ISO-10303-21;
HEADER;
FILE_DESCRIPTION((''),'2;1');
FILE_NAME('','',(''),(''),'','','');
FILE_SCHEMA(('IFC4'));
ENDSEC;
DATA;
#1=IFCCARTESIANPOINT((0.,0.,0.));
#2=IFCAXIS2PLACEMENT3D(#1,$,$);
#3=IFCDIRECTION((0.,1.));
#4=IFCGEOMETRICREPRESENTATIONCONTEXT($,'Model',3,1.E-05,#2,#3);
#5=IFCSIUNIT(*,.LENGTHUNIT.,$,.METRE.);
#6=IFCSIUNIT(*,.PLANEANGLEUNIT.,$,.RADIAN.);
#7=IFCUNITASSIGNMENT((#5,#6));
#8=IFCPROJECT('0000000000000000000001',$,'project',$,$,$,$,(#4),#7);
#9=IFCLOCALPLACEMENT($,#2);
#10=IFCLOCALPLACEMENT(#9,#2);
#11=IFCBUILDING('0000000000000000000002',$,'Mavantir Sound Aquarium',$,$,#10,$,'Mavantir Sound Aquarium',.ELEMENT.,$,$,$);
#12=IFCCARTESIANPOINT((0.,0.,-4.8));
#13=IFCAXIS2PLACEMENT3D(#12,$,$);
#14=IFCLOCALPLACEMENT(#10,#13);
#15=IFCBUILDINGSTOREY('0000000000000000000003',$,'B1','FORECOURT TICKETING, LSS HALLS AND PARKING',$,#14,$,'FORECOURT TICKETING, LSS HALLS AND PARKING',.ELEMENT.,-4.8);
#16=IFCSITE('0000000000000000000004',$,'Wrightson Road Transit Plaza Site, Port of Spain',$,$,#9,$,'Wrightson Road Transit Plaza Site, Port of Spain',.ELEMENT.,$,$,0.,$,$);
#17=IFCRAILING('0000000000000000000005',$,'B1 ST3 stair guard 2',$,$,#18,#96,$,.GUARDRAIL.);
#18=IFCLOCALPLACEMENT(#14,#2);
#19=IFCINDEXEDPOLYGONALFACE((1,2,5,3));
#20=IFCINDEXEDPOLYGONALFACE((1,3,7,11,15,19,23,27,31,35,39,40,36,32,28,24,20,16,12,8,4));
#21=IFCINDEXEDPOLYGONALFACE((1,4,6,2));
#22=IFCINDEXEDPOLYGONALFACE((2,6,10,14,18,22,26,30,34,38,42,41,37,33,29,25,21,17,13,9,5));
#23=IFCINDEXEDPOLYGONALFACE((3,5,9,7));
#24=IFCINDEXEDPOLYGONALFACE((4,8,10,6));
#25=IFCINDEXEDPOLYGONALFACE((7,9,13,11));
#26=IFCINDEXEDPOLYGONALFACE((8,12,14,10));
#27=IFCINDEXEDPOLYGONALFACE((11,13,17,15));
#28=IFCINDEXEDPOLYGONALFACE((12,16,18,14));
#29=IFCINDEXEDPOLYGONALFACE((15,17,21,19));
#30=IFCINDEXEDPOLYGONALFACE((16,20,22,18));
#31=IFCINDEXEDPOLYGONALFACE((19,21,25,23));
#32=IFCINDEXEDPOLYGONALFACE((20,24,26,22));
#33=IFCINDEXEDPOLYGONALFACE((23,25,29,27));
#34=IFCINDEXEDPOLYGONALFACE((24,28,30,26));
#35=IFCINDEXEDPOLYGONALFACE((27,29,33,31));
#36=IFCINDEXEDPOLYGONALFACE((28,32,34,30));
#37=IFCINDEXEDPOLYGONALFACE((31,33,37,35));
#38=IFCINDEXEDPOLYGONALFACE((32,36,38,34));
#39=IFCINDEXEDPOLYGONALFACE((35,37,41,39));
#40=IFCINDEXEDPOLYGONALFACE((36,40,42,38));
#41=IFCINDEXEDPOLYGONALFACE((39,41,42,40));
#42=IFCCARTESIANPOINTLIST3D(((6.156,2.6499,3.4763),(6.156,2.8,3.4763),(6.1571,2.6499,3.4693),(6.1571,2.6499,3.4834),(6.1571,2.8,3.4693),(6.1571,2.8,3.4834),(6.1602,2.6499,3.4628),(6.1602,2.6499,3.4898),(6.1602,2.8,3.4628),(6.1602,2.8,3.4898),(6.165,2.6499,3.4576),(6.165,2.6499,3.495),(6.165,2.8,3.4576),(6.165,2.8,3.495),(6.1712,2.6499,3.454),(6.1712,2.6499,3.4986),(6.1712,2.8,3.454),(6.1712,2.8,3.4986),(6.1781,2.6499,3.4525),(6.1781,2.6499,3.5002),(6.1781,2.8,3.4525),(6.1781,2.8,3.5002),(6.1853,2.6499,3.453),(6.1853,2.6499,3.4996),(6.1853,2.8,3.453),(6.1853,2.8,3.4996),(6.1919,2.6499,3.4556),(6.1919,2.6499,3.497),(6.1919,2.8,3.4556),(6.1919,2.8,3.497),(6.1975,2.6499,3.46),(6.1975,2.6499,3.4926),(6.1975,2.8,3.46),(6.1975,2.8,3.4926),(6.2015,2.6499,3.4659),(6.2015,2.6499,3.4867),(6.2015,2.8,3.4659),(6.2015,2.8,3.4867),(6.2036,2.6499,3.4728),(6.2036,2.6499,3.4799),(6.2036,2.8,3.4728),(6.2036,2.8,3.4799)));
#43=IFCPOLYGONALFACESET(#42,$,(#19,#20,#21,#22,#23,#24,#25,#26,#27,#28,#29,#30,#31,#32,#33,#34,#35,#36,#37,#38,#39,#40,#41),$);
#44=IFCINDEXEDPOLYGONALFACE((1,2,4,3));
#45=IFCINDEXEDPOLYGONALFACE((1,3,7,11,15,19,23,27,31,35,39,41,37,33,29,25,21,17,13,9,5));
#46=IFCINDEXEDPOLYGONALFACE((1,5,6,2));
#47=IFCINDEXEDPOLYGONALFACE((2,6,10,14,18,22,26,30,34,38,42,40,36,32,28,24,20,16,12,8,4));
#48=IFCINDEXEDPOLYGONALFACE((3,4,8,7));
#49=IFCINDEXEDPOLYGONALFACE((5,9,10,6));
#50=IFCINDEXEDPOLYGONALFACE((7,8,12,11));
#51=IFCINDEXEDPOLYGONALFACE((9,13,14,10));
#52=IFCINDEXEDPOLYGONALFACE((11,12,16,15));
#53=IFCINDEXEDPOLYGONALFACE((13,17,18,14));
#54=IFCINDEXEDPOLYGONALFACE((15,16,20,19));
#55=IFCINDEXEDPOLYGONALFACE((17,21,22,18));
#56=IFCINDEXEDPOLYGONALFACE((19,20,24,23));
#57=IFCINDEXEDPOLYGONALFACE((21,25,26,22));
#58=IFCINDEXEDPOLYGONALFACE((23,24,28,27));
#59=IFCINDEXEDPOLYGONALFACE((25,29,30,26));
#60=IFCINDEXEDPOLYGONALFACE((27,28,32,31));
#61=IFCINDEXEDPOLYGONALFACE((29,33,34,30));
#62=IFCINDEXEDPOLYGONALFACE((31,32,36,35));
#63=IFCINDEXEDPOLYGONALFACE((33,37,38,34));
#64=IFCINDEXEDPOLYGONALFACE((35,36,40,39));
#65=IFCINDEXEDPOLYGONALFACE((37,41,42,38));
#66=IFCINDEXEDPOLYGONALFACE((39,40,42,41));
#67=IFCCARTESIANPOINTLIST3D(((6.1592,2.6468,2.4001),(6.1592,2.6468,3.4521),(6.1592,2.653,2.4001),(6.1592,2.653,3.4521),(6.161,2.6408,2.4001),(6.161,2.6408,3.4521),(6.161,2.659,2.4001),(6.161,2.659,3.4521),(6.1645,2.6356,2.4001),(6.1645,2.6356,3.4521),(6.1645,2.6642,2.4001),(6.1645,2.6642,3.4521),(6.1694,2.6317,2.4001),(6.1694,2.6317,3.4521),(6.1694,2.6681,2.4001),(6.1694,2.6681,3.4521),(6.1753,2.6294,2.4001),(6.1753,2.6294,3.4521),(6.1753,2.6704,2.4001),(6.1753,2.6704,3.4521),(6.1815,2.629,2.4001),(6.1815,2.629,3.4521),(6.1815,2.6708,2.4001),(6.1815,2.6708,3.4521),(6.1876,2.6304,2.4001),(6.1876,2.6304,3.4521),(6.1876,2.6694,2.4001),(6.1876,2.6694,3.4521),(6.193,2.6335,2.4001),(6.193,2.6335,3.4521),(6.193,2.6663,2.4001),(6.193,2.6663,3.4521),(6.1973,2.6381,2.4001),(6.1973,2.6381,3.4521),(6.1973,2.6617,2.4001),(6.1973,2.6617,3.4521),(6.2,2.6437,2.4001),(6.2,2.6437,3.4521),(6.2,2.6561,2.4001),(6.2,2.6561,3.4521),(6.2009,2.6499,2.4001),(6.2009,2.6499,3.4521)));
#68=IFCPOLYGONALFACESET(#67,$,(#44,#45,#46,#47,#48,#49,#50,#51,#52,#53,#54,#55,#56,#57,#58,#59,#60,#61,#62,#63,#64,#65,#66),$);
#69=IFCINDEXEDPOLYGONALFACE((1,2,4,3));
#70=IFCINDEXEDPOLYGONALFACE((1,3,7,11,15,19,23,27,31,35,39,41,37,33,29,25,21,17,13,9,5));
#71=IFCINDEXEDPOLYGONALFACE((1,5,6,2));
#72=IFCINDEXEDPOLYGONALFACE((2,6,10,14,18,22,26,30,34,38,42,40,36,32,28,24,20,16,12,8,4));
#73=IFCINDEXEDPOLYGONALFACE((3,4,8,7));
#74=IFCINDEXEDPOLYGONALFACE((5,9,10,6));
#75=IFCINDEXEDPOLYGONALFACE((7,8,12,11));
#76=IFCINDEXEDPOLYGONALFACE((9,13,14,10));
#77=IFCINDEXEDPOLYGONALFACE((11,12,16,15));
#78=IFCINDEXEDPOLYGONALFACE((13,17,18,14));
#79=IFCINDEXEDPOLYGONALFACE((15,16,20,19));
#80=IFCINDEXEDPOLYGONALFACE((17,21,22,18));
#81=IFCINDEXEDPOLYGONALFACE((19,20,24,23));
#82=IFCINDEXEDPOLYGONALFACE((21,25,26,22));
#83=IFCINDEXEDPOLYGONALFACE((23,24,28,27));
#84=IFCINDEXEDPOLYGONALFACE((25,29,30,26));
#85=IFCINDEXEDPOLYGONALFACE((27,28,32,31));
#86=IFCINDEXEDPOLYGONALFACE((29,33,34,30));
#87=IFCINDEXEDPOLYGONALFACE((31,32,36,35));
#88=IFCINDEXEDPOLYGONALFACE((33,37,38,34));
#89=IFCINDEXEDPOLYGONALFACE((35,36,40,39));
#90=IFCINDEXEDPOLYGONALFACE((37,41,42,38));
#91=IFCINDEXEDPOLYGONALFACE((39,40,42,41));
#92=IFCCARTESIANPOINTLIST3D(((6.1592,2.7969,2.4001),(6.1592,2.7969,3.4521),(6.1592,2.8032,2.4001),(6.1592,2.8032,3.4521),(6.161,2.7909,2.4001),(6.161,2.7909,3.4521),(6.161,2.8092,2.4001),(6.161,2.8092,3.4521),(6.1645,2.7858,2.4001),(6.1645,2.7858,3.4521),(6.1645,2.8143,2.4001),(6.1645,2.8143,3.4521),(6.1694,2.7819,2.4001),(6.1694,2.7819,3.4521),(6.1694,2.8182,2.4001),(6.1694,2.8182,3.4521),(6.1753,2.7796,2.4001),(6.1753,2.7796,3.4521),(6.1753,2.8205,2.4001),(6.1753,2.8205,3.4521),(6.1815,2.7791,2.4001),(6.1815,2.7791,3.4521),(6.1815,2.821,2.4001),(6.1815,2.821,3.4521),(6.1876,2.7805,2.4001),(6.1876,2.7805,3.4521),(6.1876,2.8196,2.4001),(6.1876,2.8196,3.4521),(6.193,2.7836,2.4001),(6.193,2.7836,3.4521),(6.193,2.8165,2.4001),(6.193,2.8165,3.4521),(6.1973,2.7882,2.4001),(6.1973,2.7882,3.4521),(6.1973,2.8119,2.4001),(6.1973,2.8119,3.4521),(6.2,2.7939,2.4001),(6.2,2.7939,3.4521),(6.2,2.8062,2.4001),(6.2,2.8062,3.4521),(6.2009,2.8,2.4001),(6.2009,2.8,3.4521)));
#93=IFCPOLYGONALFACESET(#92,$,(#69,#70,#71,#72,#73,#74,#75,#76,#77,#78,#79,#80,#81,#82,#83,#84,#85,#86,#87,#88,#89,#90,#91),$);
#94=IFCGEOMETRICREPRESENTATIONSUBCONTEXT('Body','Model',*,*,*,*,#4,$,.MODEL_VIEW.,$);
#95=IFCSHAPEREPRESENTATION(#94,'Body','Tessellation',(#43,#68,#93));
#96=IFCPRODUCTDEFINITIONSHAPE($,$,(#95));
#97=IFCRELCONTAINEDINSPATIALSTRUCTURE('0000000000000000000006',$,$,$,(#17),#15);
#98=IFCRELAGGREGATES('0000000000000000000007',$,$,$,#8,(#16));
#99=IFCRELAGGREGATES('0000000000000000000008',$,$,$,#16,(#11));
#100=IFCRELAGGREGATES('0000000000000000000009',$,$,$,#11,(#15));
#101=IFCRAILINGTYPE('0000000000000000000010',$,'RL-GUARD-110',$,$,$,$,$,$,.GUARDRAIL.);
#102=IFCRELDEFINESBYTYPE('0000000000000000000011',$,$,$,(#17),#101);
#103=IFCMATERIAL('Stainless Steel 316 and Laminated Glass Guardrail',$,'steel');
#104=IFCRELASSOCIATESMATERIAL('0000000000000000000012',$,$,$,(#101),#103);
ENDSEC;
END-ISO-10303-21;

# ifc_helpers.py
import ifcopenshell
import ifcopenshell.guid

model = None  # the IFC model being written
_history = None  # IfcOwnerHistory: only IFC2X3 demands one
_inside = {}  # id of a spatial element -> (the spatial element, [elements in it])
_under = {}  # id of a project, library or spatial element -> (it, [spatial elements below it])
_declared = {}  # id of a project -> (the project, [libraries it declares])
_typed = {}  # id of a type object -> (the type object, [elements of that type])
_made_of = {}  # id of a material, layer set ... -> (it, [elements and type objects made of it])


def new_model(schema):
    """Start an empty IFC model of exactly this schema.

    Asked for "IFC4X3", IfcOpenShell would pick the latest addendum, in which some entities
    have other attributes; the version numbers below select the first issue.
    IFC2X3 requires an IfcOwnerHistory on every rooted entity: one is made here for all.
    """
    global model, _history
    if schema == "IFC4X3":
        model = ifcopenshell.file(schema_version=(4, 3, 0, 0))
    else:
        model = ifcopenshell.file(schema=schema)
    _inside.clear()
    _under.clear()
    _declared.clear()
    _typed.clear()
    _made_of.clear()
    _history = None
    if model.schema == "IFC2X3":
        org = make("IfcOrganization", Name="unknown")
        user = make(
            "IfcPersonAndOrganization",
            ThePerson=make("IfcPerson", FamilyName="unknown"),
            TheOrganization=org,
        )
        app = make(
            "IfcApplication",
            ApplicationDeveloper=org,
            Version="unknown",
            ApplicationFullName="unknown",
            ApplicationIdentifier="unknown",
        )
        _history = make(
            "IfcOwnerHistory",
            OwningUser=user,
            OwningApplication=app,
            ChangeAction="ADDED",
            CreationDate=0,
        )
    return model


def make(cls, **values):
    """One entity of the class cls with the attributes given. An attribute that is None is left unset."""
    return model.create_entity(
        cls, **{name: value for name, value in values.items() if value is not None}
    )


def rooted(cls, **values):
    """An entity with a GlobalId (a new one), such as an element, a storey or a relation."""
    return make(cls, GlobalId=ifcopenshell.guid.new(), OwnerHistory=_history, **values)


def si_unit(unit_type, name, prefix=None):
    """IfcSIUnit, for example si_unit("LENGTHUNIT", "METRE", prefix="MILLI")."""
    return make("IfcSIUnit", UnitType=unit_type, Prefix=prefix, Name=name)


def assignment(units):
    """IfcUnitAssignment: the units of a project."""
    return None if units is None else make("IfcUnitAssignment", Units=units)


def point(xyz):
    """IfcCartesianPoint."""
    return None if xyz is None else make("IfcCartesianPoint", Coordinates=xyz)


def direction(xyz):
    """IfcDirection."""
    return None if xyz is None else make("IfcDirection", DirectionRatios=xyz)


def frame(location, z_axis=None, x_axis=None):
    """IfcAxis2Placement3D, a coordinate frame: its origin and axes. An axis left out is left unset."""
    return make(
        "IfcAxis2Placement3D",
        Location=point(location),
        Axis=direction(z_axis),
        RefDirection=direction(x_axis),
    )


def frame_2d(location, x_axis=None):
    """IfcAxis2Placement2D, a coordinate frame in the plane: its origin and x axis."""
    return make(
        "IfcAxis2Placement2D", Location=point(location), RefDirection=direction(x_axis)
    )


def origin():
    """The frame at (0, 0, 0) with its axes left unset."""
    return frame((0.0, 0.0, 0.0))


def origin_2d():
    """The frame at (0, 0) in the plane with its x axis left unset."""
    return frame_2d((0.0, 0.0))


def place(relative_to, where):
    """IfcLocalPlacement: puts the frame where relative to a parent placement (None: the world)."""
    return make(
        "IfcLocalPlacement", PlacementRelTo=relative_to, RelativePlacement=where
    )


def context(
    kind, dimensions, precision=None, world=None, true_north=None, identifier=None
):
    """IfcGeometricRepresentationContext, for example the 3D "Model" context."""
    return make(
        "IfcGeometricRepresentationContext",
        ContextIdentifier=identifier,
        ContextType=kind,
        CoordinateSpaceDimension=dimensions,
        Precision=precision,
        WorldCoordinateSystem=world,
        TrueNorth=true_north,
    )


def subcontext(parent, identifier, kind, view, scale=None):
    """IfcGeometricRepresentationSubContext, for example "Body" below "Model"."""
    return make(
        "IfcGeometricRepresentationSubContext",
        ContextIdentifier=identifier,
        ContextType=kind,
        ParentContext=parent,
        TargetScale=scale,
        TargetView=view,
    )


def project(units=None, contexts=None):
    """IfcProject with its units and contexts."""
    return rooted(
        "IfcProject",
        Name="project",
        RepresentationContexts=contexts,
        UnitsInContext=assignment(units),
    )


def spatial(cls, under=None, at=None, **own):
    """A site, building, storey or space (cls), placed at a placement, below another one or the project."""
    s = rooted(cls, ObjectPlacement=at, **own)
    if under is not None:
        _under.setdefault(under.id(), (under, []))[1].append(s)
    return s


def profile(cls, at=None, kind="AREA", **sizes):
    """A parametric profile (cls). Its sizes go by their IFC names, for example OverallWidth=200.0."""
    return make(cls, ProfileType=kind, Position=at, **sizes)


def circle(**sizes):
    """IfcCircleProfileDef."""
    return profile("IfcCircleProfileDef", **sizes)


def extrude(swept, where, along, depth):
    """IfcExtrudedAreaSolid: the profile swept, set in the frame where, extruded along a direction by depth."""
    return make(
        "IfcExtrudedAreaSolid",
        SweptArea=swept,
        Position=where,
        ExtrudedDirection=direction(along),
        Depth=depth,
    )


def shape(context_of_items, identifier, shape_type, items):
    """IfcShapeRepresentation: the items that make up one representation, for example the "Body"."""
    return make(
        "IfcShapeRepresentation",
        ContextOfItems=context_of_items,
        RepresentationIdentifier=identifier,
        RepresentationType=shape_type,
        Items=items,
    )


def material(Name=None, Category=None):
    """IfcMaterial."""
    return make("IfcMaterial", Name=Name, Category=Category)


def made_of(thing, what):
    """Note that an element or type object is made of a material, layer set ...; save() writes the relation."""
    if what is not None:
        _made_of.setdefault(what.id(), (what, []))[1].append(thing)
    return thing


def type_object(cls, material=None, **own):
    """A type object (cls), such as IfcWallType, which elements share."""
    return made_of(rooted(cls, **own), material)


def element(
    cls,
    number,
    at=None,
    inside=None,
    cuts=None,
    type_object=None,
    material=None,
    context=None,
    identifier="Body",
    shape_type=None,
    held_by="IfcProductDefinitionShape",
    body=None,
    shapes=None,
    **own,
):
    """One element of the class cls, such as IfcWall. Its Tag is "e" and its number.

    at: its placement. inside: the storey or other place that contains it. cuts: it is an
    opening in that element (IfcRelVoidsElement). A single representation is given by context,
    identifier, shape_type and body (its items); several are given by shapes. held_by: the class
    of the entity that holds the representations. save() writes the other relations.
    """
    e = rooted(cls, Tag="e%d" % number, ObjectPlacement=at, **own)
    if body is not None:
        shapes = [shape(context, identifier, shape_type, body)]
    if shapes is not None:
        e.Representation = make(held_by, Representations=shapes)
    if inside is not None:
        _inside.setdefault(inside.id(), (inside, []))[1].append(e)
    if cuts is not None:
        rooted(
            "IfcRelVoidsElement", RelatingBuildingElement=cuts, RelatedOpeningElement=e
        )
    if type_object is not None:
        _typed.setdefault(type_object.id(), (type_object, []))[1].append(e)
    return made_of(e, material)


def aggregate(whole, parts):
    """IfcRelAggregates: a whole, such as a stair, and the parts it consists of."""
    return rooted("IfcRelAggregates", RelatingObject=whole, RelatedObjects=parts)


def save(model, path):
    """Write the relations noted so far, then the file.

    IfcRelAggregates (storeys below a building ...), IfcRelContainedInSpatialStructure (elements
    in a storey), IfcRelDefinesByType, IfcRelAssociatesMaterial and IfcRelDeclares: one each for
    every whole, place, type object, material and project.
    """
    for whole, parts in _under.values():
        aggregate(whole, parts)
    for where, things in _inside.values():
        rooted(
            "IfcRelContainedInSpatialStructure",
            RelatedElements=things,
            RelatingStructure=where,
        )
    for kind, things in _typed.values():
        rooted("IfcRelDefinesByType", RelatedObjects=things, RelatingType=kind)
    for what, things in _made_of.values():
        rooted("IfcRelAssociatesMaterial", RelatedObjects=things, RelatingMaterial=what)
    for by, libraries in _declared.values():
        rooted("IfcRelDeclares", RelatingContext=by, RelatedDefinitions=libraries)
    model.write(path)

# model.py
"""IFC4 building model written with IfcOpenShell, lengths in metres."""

from ifc_helpers import new_model, si_unit, direction, frame, origin, origin_2d, place, context, subcontext, project, spatial, circle, extrude, material, type_object, element, save


model = new_model("IFC4")

# Units and contexts
model_context = context("Model", 3, precision=1e-05, world=origin(), true_north=direction((0.0, 1.0)))
body_context = subcontext(model_context, "Body", "Model", "MODEL_VIEW")
ifc_project = project(units=[si_unit("LENGTHUNIT", "METRE"), si_unit("PLANEANGLEUNIT", "RADIAN")], contexts=[model_context])

# Site, building, storey
site_placement = place(None, origin())
site = spatial("IfcSite", under=ifc_project, at=site_placement, Name="Wrightson Road Transit Plaza Site, Port of Spain", LongName="Wrightson Road Transit Plaza Site, Port of Spain", CompositionType="ELEMENT", RefElevation=0.0)
building_placement = place(site_placement, origin())
building = spatial("IfcBuilding", under=site, at=building_placement, Name="Mavantir Sound Aquarium", LongName="Mavantir Sound Aquarium", CompositionType="ELEMENT")
storey_placement = place(building_placement, frame((0.0, 0.0, -4.8)))
storey = spatial("IfcBuildingStorey", under=building, at=storey_placement, Name="B1", Description="FORECOURT TICKETING, LSS HALLS AND PARKING", LongName="FORECOURT TICKETING, LSS HALLS AND PARKING", CompositionType="ELEMENT", Elevation=-4.8)

# Railing
ifc_material_1 = material(Name="Stainless Steel 316 and Laminated Glass Guardrail", Category="steel")
railing_type_1 = type_object("IfcRailingType", Name="RL-GUARD-110", PredefinedType="GUARDRAIL", material=ifc_material_1)
railing_1_placement = place(storey_placement, frame((6.1799, 2.6499, 2.4001)))
element("IfcRailing", 1, at=railing_1_placement, inside=storey, type_object=railing_type_1, Name="B1 ST3 stair guard 2", PredefinedType="GUARDRAIL", context=body_context, shape_type="SweptSolid", body=[
    extrude(circle(Radius=0.0239, at=origin_2d()), frame((0.0, 0.0, 1.0762), z_axis=(0.0, 1.0, 0.0), x_axis=(-1.0, 0.0, 0.0)), (0.0, 0.0, 1.0), 0.1501),
    extrude(circle(Radius=0.021, at=origin_2d()), origin(), (0.0, 0.0, 1.0), 1.052),
    extrude(circle(Radius=0.021, at=origin_2d()), frame((0.0, 0.1501, 0.0)), (0.0, 0.0, 1.0), 1.052),
])

save(model, "model.ifc")
